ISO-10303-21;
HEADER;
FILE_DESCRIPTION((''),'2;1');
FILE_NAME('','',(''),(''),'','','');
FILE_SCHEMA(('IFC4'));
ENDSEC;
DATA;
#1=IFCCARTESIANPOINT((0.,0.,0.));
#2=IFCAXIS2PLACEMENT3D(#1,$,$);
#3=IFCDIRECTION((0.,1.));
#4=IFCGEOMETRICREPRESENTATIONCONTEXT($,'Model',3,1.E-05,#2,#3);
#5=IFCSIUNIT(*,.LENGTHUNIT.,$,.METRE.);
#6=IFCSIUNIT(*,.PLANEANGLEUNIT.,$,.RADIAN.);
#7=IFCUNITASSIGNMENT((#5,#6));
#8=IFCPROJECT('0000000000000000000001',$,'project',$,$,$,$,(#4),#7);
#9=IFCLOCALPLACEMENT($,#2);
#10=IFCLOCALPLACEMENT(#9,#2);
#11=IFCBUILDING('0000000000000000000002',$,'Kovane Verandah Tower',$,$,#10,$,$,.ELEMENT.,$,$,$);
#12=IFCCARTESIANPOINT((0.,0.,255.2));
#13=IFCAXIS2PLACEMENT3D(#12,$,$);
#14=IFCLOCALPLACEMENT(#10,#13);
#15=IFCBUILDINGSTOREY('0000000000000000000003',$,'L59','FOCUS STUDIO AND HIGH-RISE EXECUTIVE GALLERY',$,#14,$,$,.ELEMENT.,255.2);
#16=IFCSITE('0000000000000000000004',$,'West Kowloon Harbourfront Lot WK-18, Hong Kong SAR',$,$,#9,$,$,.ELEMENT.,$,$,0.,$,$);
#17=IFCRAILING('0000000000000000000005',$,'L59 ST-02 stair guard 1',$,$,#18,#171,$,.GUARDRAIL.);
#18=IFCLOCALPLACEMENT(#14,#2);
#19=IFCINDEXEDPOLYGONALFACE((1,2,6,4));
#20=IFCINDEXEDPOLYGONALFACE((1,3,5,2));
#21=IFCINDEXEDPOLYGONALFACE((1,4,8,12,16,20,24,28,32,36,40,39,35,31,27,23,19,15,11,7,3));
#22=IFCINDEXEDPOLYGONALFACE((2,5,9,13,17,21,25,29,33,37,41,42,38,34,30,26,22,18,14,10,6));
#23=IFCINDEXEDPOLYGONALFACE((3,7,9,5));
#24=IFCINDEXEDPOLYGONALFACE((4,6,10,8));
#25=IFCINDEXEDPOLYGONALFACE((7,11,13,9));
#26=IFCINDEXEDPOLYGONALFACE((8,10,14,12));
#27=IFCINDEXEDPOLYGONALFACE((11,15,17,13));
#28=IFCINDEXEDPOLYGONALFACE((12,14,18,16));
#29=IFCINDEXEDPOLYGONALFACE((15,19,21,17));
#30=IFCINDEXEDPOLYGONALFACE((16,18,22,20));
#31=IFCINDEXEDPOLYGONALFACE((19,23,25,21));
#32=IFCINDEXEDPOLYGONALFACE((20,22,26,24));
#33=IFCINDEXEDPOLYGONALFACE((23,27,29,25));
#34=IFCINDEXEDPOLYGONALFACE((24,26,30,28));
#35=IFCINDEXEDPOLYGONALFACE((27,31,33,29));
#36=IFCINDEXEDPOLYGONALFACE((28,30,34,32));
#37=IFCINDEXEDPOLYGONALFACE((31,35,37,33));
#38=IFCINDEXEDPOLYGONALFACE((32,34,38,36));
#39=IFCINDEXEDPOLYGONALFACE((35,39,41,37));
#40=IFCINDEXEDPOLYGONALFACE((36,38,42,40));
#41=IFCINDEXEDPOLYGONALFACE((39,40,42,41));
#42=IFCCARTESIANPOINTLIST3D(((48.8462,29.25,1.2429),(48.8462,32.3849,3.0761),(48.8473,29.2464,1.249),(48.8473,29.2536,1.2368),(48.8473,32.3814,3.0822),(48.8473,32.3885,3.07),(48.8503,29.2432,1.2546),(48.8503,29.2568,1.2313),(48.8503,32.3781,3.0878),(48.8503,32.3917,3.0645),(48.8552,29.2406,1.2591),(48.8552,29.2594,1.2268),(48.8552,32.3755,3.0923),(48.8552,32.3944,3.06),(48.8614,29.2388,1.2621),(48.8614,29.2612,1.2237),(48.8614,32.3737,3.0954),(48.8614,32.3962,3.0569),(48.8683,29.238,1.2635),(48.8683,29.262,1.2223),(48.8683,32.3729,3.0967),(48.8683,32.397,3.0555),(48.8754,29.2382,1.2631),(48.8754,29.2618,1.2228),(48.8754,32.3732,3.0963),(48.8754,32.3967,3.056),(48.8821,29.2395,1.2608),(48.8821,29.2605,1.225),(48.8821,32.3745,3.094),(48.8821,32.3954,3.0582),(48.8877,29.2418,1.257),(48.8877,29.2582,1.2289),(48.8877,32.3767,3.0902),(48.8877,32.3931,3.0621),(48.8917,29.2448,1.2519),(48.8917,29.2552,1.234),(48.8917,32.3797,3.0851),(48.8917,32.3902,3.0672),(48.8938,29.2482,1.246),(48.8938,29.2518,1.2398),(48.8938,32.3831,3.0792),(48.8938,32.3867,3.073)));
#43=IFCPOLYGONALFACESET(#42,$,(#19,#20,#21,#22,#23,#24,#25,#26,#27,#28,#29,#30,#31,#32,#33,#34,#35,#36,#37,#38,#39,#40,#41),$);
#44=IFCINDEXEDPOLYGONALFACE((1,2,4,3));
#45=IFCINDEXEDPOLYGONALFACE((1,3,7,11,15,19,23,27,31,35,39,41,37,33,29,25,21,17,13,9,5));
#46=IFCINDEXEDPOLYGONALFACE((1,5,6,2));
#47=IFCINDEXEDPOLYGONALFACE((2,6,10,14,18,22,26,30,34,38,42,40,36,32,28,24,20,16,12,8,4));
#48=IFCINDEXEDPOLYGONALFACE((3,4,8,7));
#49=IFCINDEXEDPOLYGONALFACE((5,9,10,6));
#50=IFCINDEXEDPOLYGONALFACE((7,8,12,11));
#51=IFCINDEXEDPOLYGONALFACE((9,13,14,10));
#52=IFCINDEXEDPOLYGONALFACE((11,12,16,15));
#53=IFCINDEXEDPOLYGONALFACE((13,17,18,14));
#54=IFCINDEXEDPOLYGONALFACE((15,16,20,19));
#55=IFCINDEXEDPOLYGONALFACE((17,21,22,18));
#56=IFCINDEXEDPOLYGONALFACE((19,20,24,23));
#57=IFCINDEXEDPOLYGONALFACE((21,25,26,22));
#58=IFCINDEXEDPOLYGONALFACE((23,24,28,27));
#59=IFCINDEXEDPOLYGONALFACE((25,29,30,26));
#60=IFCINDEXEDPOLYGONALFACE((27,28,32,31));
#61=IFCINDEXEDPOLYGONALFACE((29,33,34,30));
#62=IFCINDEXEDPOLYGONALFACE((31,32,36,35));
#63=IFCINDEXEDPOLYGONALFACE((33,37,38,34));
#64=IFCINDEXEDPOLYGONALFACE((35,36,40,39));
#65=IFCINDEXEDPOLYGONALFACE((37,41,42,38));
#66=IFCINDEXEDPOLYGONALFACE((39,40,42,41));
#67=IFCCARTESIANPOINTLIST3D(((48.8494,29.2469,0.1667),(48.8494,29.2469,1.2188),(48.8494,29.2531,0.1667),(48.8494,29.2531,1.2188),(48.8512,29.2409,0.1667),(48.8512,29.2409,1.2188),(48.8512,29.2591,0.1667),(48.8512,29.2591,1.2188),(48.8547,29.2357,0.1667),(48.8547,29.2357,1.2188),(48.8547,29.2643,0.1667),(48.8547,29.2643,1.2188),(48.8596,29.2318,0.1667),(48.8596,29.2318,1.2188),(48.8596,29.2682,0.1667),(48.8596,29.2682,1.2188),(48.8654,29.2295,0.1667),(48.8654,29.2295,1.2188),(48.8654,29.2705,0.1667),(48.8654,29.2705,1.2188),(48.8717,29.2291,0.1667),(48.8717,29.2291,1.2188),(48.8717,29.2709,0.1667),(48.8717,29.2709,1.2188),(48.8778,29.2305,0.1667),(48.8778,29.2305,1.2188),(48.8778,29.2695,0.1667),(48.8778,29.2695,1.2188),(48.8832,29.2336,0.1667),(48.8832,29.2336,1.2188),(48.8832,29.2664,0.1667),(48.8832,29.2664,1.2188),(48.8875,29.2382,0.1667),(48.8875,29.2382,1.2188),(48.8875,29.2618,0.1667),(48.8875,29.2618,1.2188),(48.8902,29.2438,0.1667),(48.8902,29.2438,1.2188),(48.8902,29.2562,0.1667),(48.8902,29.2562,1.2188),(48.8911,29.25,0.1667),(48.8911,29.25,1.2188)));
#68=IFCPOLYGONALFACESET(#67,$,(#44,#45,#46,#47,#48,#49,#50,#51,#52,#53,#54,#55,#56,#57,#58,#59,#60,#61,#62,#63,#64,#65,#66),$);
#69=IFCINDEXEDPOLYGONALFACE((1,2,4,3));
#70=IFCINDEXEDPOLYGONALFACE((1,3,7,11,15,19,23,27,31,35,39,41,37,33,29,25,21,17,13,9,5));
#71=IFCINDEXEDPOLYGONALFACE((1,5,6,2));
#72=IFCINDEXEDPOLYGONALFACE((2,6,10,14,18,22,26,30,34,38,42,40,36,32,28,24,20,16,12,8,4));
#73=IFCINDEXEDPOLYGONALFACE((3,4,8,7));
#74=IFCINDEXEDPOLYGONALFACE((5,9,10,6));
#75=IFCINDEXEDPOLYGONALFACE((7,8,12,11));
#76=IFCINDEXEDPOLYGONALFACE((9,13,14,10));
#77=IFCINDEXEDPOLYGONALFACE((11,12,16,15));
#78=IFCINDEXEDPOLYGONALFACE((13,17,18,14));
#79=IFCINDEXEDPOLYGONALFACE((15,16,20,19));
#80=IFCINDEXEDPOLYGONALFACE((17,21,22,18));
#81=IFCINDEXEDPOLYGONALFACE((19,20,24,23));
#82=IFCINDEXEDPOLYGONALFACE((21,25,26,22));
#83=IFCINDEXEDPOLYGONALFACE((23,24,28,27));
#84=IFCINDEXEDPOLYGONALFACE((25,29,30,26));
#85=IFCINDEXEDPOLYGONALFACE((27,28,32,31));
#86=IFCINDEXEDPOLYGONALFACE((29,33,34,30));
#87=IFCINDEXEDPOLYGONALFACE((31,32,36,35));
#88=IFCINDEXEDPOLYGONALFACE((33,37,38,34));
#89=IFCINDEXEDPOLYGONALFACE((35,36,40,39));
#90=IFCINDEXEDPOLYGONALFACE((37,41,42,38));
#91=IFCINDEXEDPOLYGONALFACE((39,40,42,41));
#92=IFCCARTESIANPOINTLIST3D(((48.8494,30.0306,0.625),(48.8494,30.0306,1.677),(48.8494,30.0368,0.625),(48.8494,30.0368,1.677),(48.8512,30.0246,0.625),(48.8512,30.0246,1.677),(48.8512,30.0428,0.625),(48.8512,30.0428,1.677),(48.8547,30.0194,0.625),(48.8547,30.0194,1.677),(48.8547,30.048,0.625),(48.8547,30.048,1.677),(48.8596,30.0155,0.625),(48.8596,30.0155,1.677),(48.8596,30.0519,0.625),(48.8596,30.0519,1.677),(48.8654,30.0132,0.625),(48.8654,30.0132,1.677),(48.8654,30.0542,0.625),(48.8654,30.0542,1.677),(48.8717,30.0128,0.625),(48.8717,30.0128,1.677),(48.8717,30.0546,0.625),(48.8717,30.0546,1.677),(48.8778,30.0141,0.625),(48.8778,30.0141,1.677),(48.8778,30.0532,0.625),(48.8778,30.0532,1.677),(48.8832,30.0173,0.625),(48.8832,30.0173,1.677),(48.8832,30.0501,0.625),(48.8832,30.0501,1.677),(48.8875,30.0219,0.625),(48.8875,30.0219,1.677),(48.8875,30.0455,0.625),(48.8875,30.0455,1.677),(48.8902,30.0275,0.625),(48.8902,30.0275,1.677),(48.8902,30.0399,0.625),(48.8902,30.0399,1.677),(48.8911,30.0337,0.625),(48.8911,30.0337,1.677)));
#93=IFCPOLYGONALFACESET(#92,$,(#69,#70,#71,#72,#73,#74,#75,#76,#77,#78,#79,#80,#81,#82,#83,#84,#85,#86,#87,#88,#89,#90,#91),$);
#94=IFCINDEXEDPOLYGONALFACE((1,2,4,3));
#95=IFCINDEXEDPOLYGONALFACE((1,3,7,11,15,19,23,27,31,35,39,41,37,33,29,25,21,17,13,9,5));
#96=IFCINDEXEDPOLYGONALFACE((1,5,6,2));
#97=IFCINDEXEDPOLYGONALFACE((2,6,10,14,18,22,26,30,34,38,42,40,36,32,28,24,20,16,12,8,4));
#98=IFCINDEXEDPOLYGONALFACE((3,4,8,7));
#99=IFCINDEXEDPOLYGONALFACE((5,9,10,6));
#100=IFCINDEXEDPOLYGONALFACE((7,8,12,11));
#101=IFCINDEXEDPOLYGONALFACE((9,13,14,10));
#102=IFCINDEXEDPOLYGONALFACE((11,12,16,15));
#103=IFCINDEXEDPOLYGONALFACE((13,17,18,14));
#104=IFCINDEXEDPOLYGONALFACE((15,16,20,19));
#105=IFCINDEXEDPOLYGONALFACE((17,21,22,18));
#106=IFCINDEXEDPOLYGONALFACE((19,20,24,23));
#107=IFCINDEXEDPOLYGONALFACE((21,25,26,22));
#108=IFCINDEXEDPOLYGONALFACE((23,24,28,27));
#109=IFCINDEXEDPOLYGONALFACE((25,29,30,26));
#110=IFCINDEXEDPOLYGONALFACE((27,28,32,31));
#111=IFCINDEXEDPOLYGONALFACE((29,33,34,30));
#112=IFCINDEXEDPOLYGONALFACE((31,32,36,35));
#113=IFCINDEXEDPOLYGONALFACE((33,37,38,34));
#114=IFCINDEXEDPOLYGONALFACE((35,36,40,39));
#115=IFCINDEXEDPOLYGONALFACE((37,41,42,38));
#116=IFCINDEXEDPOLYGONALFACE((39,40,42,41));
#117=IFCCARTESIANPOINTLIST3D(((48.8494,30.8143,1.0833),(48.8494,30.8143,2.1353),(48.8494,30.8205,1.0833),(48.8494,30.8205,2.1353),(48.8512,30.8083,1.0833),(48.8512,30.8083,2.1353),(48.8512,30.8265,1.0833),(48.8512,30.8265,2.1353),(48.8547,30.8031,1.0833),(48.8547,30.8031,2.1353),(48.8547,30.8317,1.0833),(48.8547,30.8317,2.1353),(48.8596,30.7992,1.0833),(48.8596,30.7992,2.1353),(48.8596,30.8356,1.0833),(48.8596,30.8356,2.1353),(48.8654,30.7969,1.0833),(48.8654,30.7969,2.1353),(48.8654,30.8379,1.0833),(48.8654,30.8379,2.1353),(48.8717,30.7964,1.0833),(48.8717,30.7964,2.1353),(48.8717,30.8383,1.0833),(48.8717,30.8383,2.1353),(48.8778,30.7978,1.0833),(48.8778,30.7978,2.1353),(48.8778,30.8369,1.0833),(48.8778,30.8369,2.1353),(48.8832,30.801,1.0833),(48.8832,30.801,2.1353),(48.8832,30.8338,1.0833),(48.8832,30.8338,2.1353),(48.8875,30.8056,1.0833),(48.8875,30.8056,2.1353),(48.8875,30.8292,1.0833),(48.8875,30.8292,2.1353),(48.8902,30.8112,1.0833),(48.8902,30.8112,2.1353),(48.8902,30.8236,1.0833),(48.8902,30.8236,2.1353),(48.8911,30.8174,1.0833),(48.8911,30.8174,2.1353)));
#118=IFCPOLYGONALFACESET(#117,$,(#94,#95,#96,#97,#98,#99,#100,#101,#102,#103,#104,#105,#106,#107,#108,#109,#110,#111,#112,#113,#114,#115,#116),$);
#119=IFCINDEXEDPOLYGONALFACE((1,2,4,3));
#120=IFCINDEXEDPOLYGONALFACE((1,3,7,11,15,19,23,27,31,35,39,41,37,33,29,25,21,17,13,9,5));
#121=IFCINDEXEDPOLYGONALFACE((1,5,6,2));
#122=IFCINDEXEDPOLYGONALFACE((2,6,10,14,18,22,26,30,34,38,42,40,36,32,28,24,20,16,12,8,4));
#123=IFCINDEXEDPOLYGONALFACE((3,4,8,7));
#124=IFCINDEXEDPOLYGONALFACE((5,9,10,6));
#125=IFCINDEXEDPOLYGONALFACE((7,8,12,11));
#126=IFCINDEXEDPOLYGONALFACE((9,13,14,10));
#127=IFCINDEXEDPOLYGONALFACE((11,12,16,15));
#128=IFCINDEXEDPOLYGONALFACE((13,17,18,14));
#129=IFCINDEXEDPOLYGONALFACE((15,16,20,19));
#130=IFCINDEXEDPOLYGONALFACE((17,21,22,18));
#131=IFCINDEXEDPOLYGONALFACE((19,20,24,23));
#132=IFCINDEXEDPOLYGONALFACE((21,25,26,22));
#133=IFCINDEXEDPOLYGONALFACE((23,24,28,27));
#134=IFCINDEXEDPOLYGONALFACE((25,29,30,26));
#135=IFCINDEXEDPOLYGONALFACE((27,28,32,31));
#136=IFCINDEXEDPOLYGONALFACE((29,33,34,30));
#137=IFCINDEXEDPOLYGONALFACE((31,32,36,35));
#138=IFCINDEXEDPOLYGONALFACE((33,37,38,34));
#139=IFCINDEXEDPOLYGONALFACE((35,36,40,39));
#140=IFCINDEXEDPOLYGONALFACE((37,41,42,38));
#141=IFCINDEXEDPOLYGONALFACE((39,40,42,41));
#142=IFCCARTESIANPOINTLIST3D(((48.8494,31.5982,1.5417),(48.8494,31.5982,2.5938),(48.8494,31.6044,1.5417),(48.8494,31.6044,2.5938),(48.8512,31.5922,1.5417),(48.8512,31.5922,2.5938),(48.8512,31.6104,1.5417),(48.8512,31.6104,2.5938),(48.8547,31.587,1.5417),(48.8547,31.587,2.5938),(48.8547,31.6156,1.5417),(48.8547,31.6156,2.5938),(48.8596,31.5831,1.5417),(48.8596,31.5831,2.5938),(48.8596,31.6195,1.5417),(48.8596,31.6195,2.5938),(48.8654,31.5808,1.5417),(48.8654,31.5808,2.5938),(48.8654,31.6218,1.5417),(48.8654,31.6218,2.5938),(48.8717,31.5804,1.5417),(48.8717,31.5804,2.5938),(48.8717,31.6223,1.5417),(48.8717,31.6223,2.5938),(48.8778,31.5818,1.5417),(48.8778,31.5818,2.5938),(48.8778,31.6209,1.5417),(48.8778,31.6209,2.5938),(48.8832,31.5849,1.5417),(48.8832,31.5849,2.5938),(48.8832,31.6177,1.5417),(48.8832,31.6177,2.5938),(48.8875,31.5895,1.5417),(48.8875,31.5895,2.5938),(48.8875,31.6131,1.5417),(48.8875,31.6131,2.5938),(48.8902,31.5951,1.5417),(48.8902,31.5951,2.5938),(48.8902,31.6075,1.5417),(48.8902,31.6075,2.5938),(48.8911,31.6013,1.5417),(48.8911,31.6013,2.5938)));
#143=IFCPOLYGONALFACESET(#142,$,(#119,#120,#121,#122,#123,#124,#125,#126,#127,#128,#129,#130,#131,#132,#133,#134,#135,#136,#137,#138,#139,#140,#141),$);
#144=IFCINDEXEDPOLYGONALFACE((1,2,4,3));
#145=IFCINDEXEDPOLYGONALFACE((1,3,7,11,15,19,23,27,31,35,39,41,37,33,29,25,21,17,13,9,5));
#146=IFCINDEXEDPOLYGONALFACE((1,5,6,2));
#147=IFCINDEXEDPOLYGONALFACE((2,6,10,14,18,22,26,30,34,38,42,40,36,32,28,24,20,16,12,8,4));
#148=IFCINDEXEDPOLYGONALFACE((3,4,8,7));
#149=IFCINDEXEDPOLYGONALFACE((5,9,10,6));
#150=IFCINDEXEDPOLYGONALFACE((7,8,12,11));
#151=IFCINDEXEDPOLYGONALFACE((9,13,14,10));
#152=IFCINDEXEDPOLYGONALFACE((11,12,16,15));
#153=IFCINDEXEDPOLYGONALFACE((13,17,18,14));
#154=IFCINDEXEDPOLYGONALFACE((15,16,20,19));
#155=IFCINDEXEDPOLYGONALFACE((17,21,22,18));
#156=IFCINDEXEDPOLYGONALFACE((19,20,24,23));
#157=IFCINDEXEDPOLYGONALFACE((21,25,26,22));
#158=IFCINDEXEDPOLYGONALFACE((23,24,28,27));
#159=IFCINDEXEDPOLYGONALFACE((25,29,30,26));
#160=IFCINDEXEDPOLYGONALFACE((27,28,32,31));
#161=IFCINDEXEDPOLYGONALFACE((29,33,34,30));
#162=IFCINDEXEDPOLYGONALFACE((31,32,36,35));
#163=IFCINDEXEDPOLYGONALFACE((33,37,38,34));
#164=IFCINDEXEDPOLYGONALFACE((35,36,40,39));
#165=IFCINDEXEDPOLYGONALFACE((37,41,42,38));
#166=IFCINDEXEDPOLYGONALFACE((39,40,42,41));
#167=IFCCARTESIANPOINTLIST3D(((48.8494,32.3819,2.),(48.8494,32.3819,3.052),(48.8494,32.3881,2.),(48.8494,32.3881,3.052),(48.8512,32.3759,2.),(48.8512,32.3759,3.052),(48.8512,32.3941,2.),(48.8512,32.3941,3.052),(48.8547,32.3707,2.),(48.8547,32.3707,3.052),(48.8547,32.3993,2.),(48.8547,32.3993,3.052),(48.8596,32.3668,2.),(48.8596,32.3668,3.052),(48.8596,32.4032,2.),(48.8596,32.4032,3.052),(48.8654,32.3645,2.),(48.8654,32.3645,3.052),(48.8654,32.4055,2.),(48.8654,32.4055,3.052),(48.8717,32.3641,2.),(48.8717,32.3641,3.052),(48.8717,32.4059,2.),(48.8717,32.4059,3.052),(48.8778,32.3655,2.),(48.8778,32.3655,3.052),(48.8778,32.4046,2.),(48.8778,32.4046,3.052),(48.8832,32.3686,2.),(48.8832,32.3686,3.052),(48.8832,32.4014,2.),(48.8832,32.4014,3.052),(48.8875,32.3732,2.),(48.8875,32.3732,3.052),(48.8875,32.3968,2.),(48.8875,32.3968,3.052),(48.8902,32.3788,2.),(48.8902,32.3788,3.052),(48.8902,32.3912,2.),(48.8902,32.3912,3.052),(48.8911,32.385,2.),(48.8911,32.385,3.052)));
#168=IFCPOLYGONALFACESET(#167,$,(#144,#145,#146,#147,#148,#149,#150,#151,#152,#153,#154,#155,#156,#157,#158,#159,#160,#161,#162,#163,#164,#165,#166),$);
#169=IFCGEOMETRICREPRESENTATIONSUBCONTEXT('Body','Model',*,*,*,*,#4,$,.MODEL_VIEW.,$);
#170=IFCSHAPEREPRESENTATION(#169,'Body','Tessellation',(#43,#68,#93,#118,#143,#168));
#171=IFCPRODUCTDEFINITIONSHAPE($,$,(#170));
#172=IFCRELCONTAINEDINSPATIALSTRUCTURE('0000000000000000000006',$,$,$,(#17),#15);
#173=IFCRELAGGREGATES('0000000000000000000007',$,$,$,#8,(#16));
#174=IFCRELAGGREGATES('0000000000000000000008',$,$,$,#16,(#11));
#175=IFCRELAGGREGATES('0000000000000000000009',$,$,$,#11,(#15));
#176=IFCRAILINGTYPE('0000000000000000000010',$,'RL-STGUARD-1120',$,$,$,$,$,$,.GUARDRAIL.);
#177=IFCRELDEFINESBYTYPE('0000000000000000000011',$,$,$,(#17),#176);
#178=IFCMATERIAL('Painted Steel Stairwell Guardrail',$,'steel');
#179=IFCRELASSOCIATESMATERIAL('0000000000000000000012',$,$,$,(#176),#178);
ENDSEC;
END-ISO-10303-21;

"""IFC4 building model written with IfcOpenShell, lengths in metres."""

from ifc_helpers import new_model, si_unit, direction, frame, origin, origin_2d, place, context, subcontext, project, spatial, circle, extrude, material, type_object, element, save


model = new_model("IFC4")

# Units and contexts
model_context = context("Model", 3, precision=1e-05, world=origin(), true_north=direction((0.0, 1.0)))
body_context = subcontext(model_context, "Body", "Model", "MODEL_VIEW")
ifc_project = project(units=[si_unit("LENGTHUNIT", "METRE"), si_unit("PLANEANGLEUNIT", "RADIAN")], contexts=[model_context])

# Site, building, storey
site_placement = place(None, origin())
site = spatial("IfcSite", under=ifc_project, at=site_placement, Name="West Kowloon Harbourfront Lot WK-18, Hong Kong SAR", CompositionType="ELEMENT", RefElevation=0.0)
building_placement = place(site_placement, origin())
building = spatial("IfcBuilding", under=site, at=building_placement, Name="Kovane Verandah Tower", CompositionType="ELEMENT")
storey_placement = place(building_placement, frame((0.0, 0.0, 255.2)))
storey = spatial("IfcBuildingStorey", under=building, at=storey_placement, Name="L59", Description="FOCUS STUDIO AND HIGH-RISE EXECUTIVE GALLERY", CompositionType="ELEMENT", Elevation=255.2)

# Railing
ifc_material_1 = material(Name="Painted Steel Stairwell Guardrail", Category="steel")
railing_type_1 = type_object("IfcRailingType", Name="RL-STGUARD-1120", PredefinedType="GUARDRAIL", material=ifc_material_1)
railing_1_placement = place(storey_placement, frame((48.8701, 29.25, 0.1667)))
element("IfcRailing", 1, at=railing_1_placement, inside=storey, type_object=railing_type_1, Name="L59 ST-02 stair guard 1", PredefinedType="GUARDRAIL", context=body_context, shape_type="SweptSolid", body=[
    extrude(circle(Radius=0.0239, at=origin_2d()), frame((0.0, 0.0, 1.0762), z_axis=(0.0, 0.86324, 0.504794), x_axis=(-1.0, 0.0, 0.0)), (0.0, 0.0, 1.0), 3.6316),
    extrude(circle(Radius=0.021, at=origin_2d()), origin(), (0.0, 0.0, 1.0), 1.052),
    extrude(circle(Radius=0.021, at=origin_2d()), frame((0.0, 0.7837, 0.4583)), (0.0, 0.0, 1.0), 1.052),
    extrude(circle(Radius=0.021, at=origin_2d()), frame((0.0, 1.5674, 0.9165)), (0.0, 0.0, 1.0), 1.052),
    extrude(circle(Radius=0.021, at=origin_2d()), frame((0.0, 2.3513, 1.375)), (0.0, 0.0, 1.0), 1.052),
    extrude(circle(Radius=0.021, at=origin_2d()), frame((0.0, 3.135, 1.8333)), (0.0, 0.0, 1.0), 1.052),
])

save(model, "model.ifc")
